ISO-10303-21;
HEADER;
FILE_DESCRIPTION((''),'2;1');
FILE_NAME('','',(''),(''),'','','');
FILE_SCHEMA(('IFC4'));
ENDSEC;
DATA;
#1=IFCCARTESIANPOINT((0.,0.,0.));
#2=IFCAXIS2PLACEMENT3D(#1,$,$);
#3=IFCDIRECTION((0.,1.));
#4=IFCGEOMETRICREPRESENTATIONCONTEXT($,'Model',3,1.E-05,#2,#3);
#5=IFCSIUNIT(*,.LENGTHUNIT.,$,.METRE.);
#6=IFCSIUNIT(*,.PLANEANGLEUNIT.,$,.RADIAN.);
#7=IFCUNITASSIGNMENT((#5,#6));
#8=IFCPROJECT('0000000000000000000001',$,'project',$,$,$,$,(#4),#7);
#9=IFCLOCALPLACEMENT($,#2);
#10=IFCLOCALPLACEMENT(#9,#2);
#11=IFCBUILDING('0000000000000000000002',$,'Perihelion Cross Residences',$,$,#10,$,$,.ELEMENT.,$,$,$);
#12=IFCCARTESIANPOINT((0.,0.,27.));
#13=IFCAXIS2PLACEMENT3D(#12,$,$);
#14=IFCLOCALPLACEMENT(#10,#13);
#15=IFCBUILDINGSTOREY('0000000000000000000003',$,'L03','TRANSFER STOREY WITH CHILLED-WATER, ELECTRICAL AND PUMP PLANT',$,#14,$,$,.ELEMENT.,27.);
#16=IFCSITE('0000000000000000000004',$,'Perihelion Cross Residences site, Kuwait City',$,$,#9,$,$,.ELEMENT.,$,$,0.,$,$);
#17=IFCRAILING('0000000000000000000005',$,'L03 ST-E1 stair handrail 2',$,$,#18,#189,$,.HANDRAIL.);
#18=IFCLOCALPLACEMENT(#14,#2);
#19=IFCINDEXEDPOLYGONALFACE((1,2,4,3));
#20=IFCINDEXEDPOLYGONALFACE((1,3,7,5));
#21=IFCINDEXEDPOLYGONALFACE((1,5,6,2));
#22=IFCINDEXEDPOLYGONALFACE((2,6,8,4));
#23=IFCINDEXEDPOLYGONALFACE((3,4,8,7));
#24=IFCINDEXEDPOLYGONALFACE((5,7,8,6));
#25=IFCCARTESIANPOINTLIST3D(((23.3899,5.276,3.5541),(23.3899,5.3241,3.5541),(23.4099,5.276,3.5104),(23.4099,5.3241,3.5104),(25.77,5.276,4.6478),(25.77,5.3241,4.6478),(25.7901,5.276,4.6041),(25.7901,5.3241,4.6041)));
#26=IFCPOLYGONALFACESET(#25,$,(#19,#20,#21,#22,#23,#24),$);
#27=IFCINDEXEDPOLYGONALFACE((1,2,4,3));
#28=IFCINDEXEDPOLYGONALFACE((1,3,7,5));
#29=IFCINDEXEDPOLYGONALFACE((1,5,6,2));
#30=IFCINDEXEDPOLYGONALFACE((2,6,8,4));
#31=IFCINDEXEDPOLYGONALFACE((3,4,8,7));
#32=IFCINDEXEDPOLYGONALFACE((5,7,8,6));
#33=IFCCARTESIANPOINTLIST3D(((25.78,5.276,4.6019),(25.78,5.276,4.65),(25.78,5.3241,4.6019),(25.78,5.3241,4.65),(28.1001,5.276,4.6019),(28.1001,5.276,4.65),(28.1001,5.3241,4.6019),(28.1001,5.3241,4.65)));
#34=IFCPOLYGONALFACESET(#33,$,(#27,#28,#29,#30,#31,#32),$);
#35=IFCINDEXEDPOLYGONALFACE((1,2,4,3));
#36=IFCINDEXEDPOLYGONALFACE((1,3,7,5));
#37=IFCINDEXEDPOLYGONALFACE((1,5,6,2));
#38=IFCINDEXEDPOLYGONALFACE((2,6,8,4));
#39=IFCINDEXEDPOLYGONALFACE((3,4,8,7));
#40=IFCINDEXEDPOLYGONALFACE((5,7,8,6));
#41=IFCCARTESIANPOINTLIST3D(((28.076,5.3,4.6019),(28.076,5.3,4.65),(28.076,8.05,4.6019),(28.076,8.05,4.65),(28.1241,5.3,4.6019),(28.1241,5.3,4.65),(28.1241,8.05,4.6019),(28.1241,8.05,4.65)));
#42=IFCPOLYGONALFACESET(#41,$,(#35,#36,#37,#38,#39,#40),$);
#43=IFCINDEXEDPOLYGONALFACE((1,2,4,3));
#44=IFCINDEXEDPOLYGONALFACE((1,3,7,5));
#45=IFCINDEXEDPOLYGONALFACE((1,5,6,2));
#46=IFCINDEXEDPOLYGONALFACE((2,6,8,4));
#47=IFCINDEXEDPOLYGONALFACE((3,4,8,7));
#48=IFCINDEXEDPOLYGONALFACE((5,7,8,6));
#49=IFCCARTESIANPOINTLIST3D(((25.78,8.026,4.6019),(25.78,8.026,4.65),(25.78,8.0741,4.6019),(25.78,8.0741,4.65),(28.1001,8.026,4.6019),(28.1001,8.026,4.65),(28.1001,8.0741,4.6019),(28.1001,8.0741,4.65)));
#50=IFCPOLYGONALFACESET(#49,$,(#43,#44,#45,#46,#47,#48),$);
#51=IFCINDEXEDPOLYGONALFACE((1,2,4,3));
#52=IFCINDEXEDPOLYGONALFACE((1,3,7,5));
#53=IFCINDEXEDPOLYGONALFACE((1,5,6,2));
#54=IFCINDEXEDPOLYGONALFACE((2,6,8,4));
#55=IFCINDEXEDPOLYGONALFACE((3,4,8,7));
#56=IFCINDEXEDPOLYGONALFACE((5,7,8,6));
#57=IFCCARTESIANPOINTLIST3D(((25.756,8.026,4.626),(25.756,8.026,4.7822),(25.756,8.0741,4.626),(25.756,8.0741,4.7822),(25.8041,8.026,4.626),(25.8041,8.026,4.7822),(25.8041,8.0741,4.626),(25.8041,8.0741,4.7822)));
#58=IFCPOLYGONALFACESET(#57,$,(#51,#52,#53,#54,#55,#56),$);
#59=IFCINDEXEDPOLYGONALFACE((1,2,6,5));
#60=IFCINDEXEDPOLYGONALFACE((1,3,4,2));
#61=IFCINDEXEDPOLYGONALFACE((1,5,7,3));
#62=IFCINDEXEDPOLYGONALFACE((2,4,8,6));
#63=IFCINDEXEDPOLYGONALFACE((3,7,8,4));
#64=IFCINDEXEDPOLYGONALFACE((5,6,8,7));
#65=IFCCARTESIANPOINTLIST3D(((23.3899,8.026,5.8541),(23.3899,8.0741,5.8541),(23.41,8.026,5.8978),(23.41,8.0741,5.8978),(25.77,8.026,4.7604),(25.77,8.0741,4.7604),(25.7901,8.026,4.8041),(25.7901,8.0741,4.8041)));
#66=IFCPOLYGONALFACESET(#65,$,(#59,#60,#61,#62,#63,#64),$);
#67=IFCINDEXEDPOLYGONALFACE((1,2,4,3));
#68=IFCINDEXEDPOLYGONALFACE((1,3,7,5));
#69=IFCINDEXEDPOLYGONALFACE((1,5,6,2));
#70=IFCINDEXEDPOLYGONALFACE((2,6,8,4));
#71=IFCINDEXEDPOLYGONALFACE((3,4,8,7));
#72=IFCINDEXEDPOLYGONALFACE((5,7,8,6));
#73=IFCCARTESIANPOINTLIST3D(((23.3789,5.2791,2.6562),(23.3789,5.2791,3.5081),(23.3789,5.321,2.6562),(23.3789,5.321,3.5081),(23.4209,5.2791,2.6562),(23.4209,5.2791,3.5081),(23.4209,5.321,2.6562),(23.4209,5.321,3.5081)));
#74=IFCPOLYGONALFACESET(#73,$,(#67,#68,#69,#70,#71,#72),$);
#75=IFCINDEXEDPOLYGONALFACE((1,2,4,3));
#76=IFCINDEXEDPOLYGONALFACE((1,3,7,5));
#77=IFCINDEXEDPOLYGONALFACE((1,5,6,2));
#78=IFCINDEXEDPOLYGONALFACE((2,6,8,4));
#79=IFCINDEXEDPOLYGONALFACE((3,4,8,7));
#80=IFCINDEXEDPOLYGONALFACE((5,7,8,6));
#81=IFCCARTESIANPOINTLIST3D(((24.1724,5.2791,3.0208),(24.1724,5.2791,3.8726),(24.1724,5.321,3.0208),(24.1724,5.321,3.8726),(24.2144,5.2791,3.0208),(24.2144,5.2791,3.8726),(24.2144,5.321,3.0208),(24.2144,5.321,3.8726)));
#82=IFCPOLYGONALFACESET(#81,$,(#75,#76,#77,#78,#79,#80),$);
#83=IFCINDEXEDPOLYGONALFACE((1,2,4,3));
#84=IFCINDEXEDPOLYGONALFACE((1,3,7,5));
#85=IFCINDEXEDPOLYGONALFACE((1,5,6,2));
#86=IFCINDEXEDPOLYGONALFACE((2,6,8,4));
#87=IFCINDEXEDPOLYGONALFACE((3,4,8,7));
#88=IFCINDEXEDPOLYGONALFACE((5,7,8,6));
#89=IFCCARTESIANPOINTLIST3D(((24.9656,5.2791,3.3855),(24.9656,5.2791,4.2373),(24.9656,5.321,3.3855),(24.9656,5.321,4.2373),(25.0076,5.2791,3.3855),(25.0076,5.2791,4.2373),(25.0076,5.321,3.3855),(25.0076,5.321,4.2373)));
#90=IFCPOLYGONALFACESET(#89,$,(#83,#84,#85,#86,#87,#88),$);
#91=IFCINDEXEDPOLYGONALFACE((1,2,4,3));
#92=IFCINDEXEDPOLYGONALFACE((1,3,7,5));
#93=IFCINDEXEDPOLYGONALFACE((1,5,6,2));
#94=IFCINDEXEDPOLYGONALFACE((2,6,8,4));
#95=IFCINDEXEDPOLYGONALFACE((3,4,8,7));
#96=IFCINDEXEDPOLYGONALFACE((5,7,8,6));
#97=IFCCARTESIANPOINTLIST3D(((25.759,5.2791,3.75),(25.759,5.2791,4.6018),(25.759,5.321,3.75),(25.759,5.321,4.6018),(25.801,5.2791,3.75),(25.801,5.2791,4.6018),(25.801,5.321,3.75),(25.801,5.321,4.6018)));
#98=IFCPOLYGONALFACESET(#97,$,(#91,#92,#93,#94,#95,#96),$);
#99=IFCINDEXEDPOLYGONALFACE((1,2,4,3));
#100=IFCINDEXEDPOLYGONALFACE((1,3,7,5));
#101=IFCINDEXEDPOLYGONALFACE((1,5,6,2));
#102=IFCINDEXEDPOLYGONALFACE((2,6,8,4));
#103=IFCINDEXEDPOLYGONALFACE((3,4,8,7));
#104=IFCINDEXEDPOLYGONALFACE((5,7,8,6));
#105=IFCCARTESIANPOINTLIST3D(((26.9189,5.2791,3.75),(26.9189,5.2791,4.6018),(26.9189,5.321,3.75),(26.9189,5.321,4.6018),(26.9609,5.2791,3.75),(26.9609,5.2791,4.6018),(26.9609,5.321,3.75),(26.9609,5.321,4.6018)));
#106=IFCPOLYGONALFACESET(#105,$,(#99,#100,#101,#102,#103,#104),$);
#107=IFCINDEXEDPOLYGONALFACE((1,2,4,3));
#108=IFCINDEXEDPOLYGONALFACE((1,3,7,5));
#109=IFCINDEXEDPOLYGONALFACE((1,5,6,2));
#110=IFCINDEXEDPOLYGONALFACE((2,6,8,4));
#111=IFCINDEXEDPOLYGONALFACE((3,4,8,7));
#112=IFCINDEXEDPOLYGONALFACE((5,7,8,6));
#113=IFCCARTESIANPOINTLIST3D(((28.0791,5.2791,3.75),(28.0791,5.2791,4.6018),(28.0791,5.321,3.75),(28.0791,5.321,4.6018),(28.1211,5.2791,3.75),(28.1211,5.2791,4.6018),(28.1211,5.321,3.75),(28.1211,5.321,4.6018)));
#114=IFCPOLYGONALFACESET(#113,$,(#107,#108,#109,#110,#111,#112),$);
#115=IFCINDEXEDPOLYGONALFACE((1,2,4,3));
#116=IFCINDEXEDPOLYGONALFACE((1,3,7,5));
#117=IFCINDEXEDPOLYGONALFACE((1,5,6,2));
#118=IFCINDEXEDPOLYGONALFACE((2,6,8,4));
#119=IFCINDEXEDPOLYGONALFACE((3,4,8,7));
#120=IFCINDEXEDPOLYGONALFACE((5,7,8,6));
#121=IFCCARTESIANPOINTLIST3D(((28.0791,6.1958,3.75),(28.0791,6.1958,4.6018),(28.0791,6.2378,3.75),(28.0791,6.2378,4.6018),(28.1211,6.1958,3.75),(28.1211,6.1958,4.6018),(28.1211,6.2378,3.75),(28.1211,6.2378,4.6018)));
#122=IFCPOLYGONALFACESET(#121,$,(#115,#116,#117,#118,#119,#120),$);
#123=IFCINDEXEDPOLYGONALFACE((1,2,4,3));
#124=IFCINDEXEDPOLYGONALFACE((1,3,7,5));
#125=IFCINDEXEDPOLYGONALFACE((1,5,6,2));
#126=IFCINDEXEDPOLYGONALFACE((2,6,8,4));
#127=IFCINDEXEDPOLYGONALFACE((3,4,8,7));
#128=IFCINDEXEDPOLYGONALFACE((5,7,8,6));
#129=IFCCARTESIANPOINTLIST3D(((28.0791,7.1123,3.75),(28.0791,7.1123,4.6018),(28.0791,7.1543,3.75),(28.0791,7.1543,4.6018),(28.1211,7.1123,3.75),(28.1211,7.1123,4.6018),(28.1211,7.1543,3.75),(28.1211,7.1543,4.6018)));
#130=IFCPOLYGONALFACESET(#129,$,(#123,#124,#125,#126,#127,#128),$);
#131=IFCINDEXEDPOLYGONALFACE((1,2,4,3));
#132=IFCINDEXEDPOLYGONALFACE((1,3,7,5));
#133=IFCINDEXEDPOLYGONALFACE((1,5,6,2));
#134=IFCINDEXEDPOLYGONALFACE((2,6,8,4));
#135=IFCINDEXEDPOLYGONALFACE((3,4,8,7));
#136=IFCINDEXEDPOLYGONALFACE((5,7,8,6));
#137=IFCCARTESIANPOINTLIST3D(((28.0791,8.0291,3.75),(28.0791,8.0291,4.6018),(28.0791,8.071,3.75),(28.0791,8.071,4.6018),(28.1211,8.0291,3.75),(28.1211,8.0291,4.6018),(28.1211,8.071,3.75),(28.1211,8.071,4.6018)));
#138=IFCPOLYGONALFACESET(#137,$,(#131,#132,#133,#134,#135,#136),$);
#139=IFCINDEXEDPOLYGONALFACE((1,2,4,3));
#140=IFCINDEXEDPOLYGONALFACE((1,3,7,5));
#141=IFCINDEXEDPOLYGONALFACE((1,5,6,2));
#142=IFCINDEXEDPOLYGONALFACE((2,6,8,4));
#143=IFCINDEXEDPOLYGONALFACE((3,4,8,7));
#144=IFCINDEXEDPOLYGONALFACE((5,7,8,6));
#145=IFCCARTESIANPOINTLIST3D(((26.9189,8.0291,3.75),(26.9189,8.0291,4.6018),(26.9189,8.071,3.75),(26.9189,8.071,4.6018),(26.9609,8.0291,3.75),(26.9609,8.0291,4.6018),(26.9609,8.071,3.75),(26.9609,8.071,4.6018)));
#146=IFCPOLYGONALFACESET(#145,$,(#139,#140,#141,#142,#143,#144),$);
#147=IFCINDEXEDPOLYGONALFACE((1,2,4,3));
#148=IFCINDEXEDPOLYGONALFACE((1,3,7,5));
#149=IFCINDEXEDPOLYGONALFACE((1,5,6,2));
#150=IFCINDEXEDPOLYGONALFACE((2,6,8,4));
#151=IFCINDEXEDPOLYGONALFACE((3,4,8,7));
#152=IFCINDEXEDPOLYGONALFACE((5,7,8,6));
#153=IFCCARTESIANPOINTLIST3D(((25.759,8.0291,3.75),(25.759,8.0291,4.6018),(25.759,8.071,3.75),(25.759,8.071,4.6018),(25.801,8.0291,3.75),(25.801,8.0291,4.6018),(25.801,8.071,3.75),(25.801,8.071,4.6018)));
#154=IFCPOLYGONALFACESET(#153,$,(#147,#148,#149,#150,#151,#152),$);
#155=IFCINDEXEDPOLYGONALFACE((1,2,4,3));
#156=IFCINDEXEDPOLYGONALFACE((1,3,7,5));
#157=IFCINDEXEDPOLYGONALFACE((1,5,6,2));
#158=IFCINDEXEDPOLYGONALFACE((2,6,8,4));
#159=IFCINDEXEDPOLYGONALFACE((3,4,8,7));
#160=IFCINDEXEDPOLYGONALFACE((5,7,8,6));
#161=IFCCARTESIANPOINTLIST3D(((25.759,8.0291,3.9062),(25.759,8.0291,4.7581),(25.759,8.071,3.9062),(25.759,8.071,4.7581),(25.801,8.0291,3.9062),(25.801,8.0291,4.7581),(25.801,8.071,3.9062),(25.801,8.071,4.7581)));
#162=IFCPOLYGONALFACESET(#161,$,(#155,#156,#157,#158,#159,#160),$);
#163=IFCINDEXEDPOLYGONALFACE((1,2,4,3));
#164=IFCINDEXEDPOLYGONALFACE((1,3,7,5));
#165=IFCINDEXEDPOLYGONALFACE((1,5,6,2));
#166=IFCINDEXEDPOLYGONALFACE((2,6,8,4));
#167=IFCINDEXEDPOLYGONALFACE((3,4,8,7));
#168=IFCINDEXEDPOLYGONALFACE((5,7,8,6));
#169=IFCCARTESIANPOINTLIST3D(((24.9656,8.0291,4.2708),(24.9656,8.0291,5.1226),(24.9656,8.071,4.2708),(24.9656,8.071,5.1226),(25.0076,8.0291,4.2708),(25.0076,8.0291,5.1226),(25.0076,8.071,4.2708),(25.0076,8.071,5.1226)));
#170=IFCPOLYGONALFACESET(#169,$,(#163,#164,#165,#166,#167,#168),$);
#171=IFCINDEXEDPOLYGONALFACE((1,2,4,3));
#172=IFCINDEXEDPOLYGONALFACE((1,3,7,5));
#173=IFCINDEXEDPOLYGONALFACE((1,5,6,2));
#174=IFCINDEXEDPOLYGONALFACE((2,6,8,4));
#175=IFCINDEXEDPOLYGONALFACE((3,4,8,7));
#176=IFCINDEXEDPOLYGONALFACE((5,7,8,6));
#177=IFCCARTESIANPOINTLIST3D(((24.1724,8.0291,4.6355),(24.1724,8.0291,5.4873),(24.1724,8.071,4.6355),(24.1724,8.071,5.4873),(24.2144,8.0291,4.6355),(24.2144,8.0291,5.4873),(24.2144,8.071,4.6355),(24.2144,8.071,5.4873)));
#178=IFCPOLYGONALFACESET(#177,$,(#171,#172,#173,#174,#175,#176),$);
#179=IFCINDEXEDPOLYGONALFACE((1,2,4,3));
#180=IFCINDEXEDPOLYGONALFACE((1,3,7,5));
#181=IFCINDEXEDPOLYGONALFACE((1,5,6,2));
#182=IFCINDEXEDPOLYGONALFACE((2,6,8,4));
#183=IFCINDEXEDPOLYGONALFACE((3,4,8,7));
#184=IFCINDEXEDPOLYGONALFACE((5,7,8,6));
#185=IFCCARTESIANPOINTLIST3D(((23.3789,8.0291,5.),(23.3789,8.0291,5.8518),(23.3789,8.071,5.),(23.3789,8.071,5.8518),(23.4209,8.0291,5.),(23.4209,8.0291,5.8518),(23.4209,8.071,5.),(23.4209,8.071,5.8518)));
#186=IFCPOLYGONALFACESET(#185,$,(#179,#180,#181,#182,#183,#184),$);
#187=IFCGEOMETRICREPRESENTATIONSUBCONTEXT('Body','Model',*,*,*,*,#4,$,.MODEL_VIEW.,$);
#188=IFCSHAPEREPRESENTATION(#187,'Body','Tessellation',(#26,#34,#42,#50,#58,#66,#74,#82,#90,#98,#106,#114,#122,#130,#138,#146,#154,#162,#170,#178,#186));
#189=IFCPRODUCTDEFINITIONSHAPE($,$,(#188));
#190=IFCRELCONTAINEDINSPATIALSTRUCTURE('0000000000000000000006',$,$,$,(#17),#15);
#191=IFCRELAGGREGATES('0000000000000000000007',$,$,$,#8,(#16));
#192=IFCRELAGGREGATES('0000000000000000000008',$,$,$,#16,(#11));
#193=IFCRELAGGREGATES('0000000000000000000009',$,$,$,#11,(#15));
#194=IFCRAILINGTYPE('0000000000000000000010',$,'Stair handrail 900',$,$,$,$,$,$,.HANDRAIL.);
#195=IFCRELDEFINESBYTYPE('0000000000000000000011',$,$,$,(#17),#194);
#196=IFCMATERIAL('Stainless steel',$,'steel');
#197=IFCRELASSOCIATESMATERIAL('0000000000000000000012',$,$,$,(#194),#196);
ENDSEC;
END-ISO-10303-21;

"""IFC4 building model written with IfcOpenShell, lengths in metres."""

from ifc_helpers import new_model, si_unit, direction, frame, origin, origin_2d, place, context, subcontext, project, spatial, rectangle, extrude, material, type_object, element, save


model = new_model("IFC4")

# Units and contexts
model_context = context("Model", 3, precision=1e-05, world=origin(), true_north=direction((0.0, 1.0)))
body_context = subcontext(model_context, "Body", "Model", "MODEL_VIEW")
ifc_project = project(units=[si_unit("LENGTHUNIT", "METRE"), si_unit("PLANEANGLEUNIT", "RADIAN")], contexts=[model_context])

# Site, building, storey
site_placement = place(None, origin())
site = spatial("IfcSite", under=ifc_project, at=site_placement, Name="Perihelion Cross Residences site, Kuwait City", CompositionType="ELEMENT", RefElevation=0.0)
building_placement = place(site_placement, origin())
building = spatial("IfcBuilding", under=site, at=building_placement, Name="Perihelion Cross Residences", CompositionType="ELEMENT")
storey_placement = place(building_placement, frame((0.0, 0.0, 27.0)))
storey = spatial("IfcBuildingStorey", under=building, at=storey_placement, Name="L03", Description="TRANSFER STOREY WITH CHILLED-WATER, ELECTRICAL AND PUMP PLANT", CompositionType="ELEMENT", Elevation=27.0)

# Railing
ifc_material_1 = material(Name="Stainless steel", Category="steel")
railing_type_1 = type_object("IfcRailingType", Name="Stair handrail 900", PredefinedType="HANDRAIL", material=ifc_material_1)
railing_1_placement = place(storey_placement, frame((23.3999, 5.3, 2.6562)))
element("IfcRailing", 1, at=railing_1_placement, inside=storey, type_object=railing_type_1, Name="L03 ST-E1 stair handrail 2", PredefinedType="HANDRAIL", context=body_context, shape_type="SweptSolid", body=[
    extrude(rectangle(XDim=0.0481, YDim=0.0481, at=origin_2d()), frame((0.0, 0.0, 0.876), z_axis=(0.908651, 0.0, 0.417556), x_axis=(0.0, 1.0, 0.0)), (0.0, 0.0, 1.0), 2.6194),
    extrude(rectangle(XDim=0.0481, YDim=0.0481, at=origin_2d()), frame((2.3801, 0.0, 1.9697), z_axis=(1.0, 0.0, 0.0), x_axis=(0.0, 1.0, 0.0)), (0.0, 0.0, 1.0), 2.3201),
    extrude(rectangle(XDim=0.0481, YDim=0.0481, at=origin_2d()), frame((4.7002, 0.0, 1.9697), z_axis=(0.0, 1.0, 0.0), x_axis=(-1.0, 0.0, 0.0)), (0.0, 0.0, 1.0), 2.75),
    extrude(rectangle(XDim=0.0481, YDim=0.0481, at=origin_2d()), frame((4.7002, 2.75, 1.9697), z_axis=(-1.0, 0.0, 0.0), x_axis=(0.0, -1.0, 0.0)), (0.0, 0.0, 1.0), 2.3201),
    extrude(rectangle(XDim=0.0481, YDim=0.0481, at=origin_2d()), frame((2.3801, 2.75, 1.9697), z_axis=(0.0, 0.0, 1.0), x_axis=(1.0, 0.0, 0.0)), (0.0, 0.0, 1.0), 0.1562),
    extrude(rectangle(XDim=0.0481, YDim=0.0481, at=origin_2d()), frame((2.3801, 2.75, 2.126), z_axis=(-0.908651, 0.0, 0.417556), x_axis=(0.0, -1.0, 0.0)), (0.0, 0.0, 1.0), 2.6194),
    extrude(rectangle(XDim=0.042, YDim=0.042, at=origin_2d()), origin(), (0.0, 0.0, 1.0), 0.8518),
    extrude(rectangle(XDim=0.042, YDim=0.042, at=origin_2d()), frame((0.7935, 0.0, 0.3645)), (0.0, 0.0, 1.0), 0.8518),
    extrude(rectangle(XDim=0.042, YDim=0.042, at=origin_2d()), frame((1.5867, 0.0, 0.7292)), (0.0, 0.0, 1.0), 0.8518),
    extrude(rectangle(XDim=0.042, YDim=0.042, at=origin_2d()), frame((2.3801, 0.0, 1.0938)), (0.0, 0.0, 1.0), 0.8518),
    extrude(rectangle(XDim=0.042, YDim=0.042, at=origin_2d()), frame((3.54, 0.0, 1.0938)), (0.0, 0.0, 1.0), 0.8518),
    extrude(rectangle(XDim=0.042, YDim=0.042, at=origin_2d()), frame((4.7002, 0.0, 1.0938)), (0.0, 0.0, 1.0), 0.8518),
    extrude(rectangle(XDim=0.042, YDim=0.042, at=origin_2d()), frame((4.7002, 0.9167, 1.0938)), (0.0, 0.0, 1.0), 0.8518),
    extrude(rectangle(XDim=0.042, YDim=0.042, at=origin_2d()), frame((4.7002, 1.8333, 1.0938)), (0.0, 0.0, 1.0), 0.8518),
    extrude(rectangle(XDim=0.042, YDim=0.042, at=origin_2d()), frame((4.7002, 2.75, 1.0938)), (0.0, 0.0, 1.0), 0.8518),
    extrude(rectangle(XDim=0.042, YDim=0.042, at=origin_2d()), frame((3.54, 2.75, 1.0938)), (0.0, 0.0, 1.0), 0.8518),
    extrude(rectangle(XDim=0.042, YDim=0.042, at=origin_2d()), frame((2.3801, 2.75, 1.0938)), (0.0, 0.0, 1.0), 0.8518),
    extrude(rectangle(XDim=0.042, YDim=0.042, at=origin_2d()), frame((2.3801, 2.75, 1.25)), (0.0, 0.0, 1.0), 0.8518),
    extrude(rectangle(XDim=0.042, YDim=0.042, at=origin_2d()), frame((1.5867, 2.75, 1.6145)), (0.0, 0.0, 1.0), 0.8518),
    extrude(rectangle(XDim=0.042, YDim=0.042, at=origin_2d()), frame((0.7935, 2.75, 1.9792)), (0.0, 0.0, 1.0), 0.8518),
    extrude(rectangle(XDim=0.042, YDim=0.042, at=origin_2d()), frame((0.0, 2.75, 2.3438)), (0.0, 0.0, 1.0), 0.8518),
])

save(model, "model.ifc")
